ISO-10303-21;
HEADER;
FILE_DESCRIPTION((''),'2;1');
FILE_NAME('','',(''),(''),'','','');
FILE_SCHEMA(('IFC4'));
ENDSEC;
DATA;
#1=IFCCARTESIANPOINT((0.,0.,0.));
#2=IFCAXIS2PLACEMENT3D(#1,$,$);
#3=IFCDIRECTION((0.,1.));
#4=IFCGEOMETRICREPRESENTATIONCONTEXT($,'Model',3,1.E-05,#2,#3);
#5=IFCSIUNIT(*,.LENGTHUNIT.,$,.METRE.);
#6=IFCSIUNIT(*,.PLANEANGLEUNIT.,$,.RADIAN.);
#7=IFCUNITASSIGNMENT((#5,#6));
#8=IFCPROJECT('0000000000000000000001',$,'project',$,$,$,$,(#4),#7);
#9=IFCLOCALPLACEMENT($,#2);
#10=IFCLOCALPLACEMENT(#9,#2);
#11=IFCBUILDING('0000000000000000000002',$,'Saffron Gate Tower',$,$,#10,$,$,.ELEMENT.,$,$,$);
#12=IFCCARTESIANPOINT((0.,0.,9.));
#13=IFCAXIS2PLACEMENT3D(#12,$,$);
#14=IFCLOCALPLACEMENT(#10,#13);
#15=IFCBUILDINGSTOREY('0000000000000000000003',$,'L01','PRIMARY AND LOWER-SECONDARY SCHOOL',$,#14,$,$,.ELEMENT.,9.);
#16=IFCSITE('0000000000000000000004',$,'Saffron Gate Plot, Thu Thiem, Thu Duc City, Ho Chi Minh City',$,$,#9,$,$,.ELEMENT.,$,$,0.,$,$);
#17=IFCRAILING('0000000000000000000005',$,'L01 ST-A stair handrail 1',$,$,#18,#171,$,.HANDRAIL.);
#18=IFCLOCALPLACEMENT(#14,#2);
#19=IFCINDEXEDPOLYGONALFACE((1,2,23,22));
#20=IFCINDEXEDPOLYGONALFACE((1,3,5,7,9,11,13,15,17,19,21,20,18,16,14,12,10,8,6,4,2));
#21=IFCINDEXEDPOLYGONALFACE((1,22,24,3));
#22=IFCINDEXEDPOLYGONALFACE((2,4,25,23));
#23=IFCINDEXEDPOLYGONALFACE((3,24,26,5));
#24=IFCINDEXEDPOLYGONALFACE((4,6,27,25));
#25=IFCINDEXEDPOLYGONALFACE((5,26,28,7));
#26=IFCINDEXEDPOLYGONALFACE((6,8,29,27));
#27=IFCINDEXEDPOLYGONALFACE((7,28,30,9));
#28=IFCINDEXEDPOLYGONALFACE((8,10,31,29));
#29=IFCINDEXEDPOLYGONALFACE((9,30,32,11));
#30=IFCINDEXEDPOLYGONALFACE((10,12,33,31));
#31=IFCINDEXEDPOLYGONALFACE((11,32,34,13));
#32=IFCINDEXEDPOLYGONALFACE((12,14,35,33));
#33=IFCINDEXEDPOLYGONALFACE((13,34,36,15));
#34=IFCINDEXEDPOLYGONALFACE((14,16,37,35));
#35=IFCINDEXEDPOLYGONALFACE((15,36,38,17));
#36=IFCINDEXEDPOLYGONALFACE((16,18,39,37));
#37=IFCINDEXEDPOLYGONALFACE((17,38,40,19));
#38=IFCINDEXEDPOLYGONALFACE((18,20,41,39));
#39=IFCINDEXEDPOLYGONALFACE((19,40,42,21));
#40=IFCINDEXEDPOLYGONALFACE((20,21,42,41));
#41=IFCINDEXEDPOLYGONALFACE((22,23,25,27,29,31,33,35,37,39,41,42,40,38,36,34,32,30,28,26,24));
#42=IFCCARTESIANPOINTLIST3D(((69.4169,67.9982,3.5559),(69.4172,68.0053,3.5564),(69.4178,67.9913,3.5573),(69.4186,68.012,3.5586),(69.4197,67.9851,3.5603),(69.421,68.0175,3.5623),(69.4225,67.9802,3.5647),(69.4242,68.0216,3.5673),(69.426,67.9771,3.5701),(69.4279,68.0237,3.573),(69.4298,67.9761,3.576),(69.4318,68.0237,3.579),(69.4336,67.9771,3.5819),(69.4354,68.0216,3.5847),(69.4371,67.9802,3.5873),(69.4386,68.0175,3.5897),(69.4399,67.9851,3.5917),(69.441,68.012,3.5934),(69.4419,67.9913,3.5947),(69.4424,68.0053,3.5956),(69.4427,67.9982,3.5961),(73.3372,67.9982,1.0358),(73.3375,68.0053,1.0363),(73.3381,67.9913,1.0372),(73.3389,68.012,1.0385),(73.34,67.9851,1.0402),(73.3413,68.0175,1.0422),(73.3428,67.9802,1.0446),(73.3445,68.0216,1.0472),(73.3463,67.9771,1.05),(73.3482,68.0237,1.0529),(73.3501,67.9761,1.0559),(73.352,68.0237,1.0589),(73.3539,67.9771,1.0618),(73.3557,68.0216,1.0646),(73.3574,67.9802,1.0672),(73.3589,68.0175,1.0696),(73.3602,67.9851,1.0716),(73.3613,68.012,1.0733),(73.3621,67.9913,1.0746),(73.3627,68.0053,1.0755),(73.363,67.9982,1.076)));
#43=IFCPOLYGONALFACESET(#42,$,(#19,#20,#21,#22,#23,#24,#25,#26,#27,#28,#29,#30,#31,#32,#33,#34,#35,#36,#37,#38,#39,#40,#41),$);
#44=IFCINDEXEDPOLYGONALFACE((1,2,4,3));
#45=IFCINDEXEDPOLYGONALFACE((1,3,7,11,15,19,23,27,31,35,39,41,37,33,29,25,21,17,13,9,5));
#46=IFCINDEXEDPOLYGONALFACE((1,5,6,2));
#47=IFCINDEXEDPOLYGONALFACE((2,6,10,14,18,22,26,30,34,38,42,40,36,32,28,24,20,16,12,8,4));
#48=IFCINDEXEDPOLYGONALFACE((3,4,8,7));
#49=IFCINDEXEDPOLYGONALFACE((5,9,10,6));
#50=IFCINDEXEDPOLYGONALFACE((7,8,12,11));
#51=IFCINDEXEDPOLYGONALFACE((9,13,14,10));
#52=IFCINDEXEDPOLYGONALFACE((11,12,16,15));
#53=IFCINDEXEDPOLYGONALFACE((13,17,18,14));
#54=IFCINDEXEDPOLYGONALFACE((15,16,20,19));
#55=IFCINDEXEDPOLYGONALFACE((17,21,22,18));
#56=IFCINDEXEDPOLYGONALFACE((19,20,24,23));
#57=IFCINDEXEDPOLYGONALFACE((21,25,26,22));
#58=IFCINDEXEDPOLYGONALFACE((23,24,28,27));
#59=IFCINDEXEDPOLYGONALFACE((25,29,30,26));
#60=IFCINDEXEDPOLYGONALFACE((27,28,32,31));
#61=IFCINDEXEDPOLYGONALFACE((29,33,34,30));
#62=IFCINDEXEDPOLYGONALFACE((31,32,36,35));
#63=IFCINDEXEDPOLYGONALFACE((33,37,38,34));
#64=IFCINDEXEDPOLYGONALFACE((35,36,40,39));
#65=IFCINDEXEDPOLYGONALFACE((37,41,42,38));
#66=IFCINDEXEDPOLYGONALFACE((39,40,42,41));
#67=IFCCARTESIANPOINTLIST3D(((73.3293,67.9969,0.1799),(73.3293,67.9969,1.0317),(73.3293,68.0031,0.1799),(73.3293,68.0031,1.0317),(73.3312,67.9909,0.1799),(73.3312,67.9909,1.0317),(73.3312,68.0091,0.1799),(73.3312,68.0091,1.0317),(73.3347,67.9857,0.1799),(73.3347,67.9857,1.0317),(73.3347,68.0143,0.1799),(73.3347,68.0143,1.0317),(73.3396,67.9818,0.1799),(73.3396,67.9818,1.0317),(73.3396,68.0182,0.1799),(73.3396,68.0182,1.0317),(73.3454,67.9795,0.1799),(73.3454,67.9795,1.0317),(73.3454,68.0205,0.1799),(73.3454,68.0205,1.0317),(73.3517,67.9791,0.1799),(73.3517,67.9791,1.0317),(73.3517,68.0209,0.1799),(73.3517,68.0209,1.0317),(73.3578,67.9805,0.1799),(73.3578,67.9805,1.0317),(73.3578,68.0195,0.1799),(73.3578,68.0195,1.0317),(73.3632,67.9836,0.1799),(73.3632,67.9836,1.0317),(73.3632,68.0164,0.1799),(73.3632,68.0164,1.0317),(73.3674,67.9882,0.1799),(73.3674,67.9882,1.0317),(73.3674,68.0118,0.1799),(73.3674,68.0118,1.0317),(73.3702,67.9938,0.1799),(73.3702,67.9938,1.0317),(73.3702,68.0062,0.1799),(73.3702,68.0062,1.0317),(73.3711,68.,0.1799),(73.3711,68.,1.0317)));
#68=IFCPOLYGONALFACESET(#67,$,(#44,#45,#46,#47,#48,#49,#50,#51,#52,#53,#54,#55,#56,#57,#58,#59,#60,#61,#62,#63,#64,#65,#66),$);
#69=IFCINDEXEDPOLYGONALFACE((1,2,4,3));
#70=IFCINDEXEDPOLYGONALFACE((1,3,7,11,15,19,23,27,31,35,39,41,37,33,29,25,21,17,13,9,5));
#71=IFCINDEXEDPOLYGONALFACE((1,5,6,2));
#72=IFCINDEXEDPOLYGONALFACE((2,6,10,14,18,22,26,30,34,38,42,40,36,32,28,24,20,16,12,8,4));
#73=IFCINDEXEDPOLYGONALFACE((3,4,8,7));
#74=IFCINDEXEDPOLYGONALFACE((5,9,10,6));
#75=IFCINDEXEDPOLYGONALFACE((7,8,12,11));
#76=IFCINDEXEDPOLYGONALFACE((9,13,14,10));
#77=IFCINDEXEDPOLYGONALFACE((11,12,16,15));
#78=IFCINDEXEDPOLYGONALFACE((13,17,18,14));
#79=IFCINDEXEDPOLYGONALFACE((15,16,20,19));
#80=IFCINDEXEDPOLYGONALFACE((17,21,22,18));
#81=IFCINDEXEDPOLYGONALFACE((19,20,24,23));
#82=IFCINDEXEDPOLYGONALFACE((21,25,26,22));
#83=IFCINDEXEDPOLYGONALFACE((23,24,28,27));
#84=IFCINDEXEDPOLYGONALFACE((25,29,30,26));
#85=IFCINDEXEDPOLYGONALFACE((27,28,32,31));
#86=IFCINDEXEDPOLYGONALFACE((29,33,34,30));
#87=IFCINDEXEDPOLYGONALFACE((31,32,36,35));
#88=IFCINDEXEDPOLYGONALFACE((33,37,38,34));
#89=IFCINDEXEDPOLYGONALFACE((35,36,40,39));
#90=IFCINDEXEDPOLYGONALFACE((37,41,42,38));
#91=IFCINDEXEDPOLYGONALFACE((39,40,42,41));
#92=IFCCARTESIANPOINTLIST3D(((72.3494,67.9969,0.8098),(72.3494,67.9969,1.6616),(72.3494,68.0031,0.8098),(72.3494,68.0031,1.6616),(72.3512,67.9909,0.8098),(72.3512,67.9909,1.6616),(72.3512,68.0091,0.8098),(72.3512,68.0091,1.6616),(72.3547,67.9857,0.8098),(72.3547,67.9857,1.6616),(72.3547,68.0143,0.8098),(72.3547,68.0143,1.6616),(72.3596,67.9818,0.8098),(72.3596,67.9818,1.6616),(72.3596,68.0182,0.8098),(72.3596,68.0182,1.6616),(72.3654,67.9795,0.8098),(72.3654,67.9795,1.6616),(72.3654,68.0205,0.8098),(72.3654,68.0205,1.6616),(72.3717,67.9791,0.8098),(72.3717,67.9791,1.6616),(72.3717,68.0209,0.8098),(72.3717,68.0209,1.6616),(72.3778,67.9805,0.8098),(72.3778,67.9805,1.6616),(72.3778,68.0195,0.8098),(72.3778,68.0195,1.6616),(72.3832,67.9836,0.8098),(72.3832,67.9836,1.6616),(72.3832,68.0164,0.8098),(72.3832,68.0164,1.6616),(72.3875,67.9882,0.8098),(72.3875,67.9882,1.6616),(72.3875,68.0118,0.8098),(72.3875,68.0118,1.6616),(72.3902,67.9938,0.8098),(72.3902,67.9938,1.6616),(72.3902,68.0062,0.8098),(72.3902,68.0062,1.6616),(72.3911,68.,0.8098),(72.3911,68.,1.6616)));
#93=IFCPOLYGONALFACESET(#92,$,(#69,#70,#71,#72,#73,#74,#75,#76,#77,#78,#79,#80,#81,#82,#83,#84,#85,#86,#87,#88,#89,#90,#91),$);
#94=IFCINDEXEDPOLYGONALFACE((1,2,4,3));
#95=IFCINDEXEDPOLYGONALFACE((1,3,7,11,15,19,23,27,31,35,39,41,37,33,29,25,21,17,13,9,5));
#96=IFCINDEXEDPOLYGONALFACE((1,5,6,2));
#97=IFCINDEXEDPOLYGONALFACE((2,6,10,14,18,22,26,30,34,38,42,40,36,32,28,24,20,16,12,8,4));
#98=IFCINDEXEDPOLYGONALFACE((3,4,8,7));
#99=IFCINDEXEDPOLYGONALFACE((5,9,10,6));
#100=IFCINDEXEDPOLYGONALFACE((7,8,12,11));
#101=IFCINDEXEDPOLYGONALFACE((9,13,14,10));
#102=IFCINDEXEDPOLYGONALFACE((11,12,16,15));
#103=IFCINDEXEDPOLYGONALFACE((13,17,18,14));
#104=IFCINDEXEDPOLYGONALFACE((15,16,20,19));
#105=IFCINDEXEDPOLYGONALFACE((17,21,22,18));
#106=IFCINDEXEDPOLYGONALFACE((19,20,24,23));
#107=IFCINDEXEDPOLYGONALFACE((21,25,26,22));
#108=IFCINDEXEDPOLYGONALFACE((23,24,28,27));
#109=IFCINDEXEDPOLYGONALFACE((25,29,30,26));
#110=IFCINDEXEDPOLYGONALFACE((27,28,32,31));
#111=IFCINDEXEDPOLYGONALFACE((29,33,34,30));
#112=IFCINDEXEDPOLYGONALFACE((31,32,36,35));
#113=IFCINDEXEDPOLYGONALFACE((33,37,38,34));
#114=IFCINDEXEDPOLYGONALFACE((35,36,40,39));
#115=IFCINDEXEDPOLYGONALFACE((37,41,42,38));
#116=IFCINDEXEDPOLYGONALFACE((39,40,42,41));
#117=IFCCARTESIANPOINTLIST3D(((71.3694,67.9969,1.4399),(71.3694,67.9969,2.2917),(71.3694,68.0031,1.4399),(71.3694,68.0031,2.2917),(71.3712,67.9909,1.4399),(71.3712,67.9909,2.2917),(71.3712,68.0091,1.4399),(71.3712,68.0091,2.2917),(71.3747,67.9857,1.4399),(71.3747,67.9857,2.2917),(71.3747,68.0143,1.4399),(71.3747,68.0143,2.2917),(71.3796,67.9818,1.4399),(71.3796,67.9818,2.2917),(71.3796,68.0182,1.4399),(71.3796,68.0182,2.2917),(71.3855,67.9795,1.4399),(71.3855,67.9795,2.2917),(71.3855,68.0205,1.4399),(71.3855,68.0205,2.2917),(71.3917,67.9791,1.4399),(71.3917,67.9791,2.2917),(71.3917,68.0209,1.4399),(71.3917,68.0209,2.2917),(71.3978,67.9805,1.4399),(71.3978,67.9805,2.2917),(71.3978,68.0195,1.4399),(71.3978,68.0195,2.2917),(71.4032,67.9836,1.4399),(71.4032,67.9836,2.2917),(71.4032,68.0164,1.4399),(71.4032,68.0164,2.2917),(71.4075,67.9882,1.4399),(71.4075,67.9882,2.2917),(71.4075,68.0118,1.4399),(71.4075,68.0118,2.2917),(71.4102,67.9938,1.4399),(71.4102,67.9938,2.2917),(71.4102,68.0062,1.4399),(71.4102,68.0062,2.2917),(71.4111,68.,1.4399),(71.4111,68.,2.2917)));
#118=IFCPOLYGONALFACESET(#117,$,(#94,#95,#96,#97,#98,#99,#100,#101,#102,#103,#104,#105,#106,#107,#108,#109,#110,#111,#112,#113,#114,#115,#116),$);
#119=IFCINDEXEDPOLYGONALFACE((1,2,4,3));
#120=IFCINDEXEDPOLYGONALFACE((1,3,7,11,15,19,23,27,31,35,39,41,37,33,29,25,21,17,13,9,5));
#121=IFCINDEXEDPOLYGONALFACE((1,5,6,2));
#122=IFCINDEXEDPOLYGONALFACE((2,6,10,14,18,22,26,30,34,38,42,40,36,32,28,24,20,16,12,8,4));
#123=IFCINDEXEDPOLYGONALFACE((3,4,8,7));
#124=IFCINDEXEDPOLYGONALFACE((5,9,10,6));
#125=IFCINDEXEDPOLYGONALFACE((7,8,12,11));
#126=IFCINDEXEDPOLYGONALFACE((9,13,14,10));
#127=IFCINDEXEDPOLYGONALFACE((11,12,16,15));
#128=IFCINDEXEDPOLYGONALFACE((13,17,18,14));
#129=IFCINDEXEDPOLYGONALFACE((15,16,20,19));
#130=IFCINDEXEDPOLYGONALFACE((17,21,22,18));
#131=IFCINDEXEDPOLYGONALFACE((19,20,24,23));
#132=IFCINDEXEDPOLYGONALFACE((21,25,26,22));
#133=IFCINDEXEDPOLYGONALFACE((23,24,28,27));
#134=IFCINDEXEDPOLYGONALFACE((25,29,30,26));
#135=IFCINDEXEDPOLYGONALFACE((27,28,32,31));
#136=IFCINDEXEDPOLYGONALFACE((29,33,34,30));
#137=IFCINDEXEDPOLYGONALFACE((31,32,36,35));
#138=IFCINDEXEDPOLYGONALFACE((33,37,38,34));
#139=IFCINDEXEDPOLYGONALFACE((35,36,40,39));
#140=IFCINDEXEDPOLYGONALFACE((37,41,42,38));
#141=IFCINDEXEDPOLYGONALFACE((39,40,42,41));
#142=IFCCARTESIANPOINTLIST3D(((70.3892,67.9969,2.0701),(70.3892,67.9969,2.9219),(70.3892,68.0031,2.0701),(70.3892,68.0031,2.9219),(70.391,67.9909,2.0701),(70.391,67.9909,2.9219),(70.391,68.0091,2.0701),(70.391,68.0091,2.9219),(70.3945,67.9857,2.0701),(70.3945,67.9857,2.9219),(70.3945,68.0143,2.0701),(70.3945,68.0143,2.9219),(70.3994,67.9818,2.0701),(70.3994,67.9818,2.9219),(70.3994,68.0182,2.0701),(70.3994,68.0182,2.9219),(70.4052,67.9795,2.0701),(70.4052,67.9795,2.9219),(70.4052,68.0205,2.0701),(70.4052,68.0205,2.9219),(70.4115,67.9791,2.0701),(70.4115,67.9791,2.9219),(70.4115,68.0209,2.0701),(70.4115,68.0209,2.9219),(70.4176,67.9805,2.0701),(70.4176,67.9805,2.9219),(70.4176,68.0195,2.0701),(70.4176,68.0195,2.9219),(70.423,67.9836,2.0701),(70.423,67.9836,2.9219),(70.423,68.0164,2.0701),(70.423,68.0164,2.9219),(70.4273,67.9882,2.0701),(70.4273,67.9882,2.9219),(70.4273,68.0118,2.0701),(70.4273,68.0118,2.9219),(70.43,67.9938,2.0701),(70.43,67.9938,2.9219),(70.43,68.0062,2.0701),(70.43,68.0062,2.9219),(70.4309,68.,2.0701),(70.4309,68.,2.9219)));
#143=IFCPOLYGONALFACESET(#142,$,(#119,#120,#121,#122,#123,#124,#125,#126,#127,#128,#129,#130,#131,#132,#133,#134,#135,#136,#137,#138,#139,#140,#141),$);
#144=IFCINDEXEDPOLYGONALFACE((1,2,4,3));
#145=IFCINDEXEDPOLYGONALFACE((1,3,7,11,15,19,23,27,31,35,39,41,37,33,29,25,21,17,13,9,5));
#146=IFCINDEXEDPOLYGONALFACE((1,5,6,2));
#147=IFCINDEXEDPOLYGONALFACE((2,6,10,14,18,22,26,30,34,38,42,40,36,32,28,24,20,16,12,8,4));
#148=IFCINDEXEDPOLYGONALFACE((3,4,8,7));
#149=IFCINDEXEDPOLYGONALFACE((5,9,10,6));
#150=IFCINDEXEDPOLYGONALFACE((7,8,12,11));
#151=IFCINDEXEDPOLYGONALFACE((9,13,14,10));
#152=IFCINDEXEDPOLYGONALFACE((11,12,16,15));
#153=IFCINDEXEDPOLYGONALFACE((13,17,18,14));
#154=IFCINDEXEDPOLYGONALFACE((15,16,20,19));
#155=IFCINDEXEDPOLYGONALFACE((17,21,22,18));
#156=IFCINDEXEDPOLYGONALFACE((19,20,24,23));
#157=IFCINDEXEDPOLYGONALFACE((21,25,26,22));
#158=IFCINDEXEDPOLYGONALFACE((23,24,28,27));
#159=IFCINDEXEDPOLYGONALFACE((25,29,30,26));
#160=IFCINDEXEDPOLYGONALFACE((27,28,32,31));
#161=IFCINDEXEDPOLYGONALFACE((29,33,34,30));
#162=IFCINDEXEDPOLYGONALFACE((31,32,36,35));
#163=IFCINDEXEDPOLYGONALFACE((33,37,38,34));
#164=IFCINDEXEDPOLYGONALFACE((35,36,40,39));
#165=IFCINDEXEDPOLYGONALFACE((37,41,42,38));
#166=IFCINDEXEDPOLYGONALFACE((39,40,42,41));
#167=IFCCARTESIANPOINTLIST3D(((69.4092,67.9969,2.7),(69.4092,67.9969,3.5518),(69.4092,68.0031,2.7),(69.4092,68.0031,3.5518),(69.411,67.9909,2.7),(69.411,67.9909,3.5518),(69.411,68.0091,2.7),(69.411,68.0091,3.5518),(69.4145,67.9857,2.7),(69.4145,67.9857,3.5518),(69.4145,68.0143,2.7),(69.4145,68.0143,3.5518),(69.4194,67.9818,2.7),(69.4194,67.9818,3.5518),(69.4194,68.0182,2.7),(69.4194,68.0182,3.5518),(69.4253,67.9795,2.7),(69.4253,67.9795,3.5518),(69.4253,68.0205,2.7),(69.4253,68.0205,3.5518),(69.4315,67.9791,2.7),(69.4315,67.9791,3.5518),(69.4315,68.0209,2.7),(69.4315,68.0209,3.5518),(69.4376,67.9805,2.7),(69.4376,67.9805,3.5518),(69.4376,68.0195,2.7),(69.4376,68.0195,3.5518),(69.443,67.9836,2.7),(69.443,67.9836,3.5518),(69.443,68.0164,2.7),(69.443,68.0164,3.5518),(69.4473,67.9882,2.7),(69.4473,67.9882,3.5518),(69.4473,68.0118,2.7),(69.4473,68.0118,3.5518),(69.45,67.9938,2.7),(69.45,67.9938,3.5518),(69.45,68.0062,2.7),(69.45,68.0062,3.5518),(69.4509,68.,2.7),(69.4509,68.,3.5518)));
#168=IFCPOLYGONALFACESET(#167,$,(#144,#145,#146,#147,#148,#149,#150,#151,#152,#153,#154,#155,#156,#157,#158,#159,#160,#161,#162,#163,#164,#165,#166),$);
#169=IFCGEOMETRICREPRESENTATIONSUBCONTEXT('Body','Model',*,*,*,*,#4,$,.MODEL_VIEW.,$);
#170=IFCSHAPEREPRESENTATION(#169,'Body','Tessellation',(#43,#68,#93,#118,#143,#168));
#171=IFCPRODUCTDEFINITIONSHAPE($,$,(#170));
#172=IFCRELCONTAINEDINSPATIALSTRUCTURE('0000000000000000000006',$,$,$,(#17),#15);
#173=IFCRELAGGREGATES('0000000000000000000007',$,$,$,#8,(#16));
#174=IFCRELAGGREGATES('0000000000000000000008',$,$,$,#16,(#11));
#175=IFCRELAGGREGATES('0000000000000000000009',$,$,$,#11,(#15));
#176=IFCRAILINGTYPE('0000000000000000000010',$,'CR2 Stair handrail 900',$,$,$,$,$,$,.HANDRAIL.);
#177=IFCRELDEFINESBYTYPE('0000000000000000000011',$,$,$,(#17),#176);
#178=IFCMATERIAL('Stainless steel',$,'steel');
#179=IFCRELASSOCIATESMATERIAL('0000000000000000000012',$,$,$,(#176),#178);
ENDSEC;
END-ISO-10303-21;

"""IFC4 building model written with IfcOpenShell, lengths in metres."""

from ifc_helpers import new_model, si_unit, direction, frame, origin, origin_2d, place, context, subcontext, project, spatial, circle, extrude, material, type_object, element, save


model = new_model("IFC4")

# Units and contexts
model_context = context("Model", 3, precision=1e-05, world=origin(), true_north=direction((0.0, 1.0)))
body_context = subcontext(model_context, "Body", "Model", "MODEL_VIEW")
ifc_project = project(units=[si_unit("LENGTHUNIT", "METRE"), si_unit("PLANEANGLEUNIT", "RADIAN")], contexts=[model_context])

# Site, building, storey
site_placement = place(None, origin())
site = spatial("IfcSite", under=ifc_project, at=site_placement, Name="Saffron Gate Plot, Thu Thiem, Thu Duc City, Ho Chi Minh City", CompositionType="ELEMENT", RefElevation=0.0)
building_placement = place(site_placement, origin())
building = spatial("IfcBuilding", under=site, at=building_placement, Name="Saffron Gate Tower", CompositionType="ELEMENT")
storey_placement = place(building_placement, frame((0.0, 0.0, 9.0)))
storey = spatial("IfcBuildingStorey", under=building, at=storey_placement, Name="L01", Description="PRIMARY AND LOWER-SECONDARY SCHOOL", CompositionType="ELEMENT", Elevation=9.0)

# Railing
ifc_material_1 = material(Name="Stainless steel", Category="steel")
railing_type_1 = type_object("IfcRailingType", Name="CR2 Stair handrail 900", PredefinedType="HANDRAIL", material=ifc_material_1)
railing_1_placement = place(storey_placement, frame((73.3501, 68.0, 0.1799)))
element("IfcRailing", 1, at=railing_1_placement, inside=storey, type_object=railing_type_1, Name="L01 ST-A stair handrail 1", PredefinedType="HANDRAIL", context=body_context, shape_type="SweptSolid", body=[
    extrude(circle(Radius=0.0239, at=origin_2d()), frame((0.0, 0.0, 0.876), z_axis=(-0.841187, 0.0, 0.540744), x_axis=(0.0, -1.0, 0.0)), (0.0, 0.0, 1.0), 4.6604),
    extrude(circle(Radius=0.021, at=origin_2d()), origin(), (0.0, 0.0, 1.0), 0.8518),
    extrude(circle(Radius=0.021, at=origin_2d()), frame((-0.98, 0.0, 0.6299)), (0.0, 0.0, 1.0), 0.8518),
    extrude(circle(Radius=0.021, at=origin_2d()), frame((-1.96, 0.0, 1.26)), (0.0, 0.0, 1.0), 0.8518),
    extrude(circle(Radius=0.021, at=origin_2d()), frame((-2.9402, 0.0, 1.8901)), (0.0, 0.0, 1.0), 0.8518),
    extrude(circle(Radius=0.021, at=origin_2d()), frame((-3.9202, 0.0, 2.52)), (0.0, 0.0, 1.0), 0.8518),
])

save(model, "model.ifc")
